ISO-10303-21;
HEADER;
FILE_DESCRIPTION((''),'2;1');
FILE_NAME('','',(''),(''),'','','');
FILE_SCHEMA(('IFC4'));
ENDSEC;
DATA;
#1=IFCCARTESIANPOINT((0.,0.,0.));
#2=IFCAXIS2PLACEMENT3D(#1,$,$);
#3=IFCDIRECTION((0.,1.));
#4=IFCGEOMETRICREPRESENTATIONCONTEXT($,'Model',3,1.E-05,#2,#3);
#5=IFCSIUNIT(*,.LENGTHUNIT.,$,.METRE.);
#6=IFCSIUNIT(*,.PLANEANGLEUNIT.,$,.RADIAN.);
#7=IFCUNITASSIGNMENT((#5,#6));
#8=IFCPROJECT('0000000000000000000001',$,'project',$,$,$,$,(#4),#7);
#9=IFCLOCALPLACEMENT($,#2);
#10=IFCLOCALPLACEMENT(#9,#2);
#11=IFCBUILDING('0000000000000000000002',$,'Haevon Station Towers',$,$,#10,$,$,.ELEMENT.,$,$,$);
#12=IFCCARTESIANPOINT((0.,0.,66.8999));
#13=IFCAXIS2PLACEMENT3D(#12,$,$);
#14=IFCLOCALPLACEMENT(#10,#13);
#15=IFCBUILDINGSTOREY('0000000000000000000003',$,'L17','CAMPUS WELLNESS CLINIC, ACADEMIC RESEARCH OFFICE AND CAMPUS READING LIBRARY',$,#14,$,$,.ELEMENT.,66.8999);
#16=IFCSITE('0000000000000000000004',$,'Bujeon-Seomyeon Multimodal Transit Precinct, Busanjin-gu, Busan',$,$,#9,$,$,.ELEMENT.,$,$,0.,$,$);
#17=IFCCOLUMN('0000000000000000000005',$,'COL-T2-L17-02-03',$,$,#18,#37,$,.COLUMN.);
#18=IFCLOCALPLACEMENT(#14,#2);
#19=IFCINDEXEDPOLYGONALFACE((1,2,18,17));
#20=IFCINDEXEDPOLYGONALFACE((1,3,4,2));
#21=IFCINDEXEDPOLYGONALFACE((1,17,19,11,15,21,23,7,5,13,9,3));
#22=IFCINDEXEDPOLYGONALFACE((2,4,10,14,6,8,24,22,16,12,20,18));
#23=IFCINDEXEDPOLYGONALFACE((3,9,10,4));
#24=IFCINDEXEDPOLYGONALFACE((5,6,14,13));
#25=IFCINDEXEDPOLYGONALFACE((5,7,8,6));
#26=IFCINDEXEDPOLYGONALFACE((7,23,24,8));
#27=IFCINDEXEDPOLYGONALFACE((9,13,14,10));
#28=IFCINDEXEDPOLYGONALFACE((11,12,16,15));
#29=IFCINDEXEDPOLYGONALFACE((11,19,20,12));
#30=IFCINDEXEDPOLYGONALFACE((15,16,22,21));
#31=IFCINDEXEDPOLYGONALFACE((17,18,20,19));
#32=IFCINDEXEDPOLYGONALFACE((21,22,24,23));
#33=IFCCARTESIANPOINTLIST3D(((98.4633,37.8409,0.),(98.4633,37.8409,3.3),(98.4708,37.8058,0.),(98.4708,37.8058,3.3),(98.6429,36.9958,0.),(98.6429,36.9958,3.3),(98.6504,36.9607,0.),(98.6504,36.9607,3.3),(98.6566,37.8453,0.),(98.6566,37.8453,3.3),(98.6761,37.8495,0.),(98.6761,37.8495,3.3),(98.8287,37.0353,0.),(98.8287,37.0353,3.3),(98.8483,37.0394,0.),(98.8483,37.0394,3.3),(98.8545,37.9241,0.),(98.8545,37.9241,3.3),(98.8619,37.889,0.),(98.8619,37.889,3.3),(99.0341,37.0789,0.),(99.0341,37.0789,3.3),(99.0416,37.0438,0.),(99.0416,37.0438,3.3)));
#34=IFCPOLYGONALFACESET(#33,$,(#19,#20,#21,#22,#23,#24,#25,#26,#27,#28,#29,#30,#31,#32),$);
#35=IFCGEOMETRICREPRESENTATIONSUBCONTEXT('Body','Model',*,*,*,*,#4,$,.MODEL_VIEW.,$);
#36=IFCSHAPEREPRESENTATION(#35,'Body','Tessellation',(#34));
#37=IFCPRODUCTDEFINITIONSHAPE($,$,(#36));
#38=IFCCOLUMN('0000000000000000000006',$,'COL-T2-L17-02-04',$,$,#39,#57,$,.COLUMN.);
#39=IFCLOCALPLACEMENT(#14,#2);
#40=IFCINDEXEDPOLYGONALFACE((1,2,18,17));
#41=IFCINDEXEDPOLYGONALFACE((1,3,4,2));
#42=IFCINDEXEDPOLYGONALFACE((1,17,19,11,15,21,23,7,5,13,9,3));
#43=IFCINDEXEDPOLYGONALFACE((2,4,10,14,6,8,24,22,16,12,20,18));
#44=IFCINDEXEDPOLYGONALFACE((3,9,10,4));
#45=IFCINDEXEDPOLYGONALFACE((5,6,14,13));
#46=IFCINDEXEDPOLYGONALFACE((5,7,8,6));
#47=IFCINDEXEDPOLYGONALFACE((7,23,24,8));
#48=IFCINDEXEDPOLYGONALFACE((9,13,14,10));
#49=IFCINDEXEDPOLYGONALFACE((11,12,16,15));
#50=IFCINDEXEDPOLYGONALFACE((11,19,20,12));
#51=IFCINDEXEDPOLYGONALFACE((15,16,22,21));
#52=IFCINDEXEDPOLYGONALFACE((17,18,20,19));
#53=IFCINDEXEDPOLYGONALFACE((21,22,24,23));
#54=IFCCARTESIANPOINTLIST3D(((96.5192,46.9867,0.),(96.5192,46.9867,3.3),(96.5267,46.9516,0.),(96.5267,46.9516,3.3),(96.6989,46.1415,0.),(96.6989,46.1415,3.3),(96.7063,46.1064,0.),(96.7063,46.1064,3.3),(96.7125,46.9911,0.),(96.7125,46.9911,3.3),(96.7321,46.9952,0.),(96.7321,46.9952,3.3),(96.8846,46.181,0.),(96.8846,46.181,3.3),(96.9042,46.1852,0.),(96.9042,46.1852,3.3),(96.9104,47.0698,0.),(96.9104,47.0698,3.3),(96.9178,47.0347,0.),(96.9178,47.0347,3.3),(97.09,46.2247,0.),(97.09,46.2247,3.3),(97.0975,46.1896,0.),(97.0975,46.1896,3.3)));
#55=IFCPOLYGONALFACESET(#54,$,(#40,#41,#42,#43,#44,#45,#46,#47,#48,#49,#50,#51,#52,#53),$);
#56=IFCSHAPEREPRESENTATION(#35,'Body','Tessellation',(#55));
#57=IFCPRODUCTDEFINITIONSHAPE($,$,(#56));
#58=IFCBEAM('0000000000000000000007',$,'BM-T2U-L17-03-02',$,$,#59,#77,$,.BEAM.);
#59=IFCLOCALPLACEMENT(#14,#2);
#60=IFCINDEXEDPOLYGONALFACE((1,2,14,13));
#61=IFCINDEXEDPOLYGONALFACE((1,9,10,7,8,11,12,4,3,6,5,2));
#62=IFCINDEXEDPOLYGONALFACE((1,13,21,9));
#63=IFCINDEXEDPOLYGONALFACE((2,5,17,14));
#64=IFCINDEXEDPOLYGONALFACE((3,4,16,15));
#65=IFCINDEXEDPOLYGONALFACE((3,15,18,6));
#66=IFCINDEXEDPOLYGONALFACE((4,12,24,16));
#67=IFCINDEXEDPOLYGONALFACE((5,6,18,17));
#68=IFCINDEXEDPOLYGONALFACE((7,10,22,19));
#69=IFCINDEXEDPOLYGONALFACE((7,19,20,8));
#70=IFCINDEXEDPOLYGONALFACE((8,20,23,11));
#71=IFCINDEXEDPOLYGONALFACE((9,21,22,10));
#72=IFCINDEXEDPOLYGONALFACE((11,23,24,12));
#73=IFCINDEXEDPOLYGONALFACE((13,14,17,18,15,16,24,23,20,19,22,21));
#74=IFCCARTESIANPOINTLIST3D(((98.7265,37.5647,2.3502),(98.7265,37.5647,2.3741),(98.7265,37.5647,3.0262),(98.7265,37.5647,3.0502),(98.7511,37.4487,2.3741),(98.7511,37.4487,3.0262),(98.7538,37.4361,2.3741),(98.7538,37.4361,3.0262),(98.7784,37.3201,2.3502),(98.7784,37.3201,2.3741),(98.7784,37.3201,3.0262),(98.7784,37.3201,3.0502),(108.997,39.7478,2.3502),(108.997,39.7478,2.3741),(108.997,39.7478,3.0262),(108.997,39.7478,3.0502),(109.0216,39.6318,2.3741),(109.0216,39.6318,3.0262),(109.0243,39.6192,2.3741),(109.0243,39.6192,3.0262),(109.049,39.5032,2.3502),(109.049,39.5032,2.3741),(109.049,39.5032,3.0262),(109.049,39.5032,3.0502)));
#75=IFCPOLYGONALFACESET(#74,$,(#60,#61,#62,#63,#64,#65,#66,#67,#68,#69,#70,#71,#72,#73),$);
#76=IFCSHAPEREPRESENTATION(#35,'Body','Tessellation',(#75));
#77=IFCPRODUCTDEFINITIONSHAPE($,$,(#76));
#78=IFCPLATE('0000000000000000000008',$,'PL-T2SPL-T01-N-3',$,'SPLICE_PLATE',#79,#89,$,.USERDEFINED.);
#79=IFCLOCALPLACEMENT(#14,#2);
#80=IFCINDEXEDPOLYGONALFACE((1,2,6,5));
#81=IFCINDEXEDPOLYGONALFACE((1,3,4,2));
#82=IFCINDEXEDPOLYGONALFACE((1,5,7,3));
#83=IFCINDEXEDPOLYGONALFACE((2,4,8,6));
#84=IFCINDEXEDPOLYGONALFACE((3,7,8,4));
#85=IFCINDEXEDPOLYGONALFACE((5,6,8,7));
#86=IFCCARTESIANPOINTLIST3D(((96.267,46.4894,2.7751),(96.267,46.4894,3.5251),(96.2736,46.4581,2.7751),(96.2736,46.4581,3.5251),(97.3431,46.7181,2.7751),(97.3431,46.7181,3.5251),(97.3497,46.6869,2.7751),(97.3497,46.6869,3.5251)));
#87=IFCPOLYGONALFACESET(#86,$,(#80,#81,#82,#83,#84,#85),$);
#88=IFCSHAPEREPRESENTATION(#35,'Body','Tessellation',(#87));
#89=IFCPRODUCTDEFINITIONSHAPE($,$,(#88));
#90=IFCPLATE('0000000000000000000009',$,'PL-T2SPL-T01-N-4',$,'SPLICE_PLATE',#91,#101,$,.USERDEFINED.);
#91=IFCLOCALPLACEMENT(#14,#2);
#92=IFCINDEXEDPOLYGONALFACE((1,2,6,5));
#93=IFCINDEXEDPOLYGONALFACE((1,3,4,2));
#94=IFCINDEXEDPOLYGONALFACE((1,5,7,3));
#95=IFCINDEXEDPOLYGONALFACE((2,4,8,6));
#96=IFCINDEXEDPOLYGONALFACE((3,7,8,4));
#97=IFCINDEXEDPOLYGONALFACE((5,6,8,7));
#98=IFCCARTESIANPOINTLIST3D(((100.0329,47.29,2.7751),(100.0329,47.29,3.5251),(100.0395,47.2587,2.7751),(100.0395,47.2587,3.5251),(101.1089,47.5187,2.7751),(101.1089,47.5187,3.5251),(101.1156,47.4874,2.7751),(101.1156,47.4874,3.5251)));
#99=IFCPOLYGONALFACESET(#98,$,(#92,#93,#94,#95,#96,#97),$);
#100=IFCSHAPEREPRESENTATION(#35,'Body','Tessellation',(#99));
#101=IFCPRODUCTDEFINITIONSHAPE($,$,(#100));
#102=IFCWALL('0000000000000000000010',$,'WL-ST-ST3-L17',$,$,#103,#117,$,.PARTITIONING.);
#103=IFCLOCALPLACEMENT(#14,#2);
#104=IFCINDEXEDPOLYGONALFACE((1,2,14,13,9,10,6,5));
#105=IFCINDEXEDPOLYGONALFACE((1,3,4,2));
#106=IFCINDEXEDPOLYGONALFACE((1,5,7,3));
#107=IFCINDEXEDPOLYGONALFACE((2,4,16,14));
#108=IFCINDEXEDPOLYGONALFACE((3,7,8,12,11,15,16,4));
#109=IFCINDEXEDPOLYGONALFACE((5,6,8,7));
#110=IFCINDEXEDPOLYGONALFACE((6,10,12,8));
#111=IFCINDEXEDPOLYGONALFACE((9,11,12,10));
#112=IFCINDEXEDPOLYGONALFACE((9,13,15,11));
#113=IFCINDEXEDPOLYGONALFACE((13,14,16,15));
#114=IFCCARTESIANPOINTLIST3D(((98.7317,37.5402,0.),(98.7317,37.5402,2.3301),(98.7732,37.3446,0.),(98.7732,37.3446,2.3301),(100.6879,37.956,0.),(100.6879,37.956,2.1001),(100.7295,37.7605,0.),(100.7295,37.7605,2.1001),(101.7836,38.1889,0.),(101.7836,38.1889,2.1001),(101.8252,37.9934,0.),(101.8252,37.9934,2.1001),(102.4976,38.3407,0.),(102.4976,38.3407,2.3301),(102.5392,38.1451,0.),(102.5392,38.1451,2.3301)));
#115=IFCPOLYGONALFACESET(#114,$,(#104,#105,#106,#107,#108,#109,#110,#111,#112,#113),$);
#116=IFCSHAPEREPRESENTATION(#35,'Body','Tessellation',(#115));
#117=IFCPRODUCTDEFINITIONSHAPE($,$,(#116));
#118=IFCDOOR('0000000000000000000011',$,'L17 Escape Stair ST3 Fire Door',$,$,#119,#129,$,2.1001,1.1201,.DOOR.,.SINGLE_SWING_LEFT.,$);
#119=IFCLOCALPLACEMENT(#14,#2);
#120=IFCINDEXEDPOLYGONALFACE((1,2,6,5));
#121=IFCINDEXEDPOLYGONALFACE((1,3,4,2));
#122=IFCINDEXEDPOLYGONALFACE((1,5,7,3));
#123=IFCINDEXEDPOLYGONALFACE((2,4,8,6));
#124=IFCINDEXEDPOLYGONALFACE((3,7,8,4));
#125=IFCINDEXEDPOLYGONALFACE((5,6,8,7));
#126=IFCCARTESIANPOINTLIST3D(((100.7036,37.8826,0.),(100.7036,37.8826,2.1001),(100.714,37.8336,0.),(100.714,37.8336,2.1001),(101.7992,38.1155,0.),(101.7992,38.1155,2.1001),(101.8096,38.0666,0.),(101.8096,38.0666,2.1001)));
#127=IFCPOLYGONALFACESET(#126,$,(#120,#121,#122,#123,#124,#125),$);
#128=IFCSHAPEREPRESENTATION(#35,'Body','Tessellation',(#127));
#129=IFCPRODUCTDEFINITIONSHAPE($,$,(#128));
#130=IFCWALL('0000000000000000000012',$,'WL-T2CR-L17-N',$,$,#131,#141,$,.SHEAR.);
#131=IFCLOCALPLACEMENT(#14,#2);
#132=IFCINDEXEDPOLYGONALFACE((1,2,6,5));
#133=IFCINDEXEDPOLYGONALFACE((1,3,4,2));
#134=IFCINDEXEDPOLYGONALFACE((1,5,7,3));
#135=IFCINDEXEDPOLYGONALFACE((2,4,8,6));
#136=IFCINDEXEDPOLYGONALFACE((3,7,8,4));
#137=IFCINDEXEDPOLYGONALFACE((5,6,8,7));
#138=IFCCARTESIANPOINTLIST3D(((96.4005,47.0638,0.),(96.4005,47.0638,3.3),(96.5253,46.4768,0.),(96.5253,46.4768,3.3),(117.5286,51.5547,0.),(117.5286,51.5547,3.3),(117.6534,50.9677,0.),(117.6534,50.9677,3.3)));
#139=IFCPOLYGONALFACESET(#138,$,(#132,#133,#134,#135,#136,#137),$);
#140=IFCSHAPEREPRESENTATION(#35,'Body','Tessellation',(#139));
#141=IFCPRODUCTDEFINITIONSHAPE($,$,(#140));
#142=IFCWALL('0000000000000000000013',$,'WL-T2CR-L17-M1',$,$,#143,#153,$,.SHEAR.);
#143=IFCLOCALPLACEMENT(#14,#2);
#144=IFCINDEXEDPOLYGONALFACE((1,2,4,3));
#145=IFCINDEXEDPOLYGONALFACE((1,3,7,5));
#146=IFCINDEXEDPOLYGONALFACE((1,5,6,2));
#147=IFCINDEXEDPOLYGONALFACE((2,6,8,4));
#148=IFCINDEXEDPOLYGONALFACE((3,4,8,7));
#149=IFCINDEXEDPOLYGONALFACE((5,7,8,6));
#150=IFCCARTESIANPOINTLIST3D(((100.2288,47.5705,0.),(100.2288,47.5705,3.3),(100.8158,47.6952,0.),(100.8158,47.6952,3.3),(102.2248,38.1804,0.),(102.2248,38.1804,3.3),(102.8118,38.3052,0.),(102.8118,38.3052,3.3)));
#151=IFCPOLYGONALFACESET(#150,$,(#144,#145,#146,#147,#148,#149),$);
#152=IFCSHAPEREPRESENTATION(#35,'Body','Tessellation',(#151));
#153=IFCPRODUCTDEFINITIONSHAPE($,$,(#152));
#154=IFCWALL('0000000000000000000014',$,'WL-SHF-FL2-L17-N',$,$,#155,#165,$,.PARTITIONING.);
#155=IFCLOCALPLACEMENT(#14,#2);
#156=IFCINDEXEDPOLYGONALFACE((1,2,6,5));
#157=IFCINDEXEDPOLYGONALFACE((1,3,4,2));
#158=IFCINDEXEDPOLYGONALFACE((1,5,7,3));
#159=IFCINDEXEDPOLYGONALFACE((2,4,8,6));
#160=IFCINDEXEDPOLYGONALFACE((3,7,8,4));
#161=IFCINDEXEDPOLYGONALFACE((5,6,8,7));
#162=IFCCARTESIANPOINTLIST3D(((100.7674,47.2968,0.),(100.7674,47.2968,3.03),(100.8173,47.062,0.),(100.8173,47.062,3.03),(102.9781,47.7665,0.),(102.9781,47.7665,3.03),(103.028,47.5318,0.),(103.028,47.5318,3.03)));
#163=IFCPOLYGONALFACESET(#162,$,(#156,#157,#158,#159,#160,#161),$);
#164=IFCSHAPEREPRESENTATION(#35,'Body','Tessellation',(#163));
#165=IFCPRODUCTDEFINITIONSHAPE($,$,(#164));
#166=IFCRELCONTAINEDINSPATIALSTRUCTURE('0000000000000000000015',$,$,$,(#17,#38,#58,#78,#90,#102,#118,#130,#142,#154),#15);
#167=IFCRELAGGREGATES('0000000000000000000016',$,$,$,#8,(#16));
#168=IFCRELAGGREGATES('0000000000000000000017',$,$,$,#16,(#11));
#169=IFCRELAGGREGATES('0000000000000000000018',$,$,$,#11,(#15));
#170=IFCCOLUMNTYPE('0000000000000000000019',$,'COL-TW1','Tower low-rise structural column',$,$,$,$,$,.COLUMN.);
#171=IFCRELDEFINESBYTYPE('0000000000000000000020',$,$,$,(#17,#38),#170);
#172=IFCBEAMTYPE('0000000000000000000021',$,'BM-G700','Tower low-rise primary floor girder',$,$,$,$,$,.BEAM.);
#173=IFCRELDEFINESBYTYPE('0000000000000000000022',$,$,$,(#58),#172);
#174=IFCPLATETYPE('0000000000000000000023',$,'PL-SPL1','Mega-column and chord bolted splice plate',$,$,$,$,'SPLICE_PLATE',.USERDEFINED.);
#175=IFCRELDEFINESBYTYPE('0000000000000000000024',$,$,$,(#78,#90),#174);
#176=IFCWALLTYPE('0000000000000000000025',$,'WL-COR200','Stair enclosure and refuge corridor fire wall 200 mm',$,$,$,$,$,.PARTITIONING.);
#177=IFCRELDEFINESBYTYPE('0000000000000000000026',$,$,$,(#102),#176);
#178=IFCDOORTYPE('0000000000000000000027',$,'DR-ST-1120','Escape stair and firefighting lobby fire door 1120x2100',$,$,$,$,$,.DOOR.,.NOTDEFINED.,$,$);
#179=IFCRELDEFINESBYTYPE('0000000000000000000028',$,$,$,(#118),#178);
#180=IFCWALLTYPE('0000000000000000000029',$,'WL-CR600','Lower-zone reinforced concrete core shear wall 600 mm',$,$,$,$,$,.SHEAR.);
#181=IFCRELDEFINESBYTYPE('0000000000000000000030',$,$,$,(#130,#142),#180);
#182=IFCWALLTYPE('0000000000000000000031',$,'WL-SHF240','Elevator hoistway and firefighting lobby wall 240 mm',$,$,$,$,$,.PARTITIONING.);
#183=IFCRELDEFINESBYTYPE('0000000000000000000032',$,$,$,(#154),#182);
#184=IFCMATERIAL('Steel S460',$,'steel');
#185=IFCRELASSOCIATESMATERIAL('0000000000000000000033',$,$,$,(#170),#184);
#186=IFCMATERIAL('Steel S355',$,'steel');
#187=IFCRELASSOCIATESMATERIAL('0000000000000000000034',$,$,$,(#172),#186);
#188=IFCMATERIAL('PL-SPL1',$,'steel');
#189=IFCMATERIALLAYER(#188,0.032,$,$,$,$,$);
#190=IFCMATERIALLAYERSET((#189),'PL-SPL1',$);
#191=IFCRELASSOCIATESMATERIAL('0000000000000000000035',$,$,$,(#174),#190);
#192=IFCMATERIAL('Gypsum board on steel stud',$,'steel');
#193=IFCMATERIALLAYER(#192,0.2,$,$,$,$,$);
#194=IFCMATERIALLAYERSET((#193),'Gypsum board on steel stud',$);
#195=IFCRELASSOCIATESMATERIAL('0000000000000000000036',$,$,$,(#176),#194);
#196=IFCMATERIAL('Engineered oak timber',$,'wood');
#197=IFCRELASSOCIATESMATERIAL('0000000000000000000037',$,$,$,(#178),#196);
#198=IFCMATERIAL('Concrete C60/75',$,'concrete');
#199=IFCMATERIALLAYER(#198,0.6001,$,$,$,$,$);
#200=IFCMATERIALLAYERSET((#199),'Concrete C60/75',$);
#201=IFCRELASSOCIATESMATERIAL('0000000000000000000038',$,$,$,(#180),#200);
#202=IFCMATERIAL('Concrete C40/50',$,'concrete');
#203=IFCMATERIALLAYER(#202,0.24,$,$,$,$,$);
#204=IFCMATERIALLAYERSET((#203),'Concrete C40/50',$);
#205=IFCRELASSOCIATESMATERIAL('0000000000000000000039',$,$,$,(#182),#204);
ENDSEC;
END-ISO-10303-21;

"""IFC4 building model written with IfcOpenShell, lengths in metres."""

from ifc_helpers import new_model, si_unit, direction, frame, frame_2d, origin, origin_2d, place, context, subcontext, project, spatial, rectangle, i_section, extrude, material, layer, layer_set, material_profile, profile_set, type_object, element, fill, save


model = new_model("IFC4")

# Units and contexts
model_context = context("Model", 3, precision=1e-05, world=origin(), true_north=direction((0.0, 1.0)))
body_context = subcontext(model_context, "Body", "Model", "MODEL_VIEW")
ifc_project = project(units=[si_unit("LENGTHUNIT", "METRE"), si_unit("PLANEANGLEUNIT", "RADIAN")], contexts=[model_context])

# Site, building, storey
site_placement = place(None, origin())
site = spatial("IfcSite", under=ifc_project, at=site_placement, Name="Bujeon-Seomyeon Multimodal Transit Precinct, Busanjin-gu, Busan", CompositionType="ELEMENT", RefElevation=0.0)
building_placement = place(site_placement, origin())
building = spatial("IfcBuilding", under=site, at=building_placement, Name="Haevon Station Towers", CompositionType="ELEMENT")
storey_placement = place(building_placement, frame((0.0, 0.0, 66.8999)))
storey = spatial("IfcBuildingStorey", under=building, at=storey_placement, Name="L17", Description="CAMPUS WELLNESS CLINIC, ACADEMIC RESEARCH OFFICE AND CAMPUS READING LIBRARY", CompositionType="ELEMENT", Elevation=66.8999)

# Columns
ifc_material_1 = material(Name="Steel S460", Category="steel")
ifc_material_profile_1 = material_profile(ifc_material_1, i_section(OverallWidth=0.3999, OverallDepth=0.8999, WebThickness=0.02, FlangeThickness=0.0359, at=origin_2d()), Name="H-900x400x20x36")
ifc_profile_set_1 = profile_set([ifc_material_profile_1], Name="Steel S460")
column_type = type_object("IfcColumnType", Name="COL-TW1", Description="Tower low-rise structural column", PredefinedType="COLUMN", material=ifc_profile_set_1)
for number, where, z_axis, x_axis, name in (
    (1, (98.7524, 37.4424, 0.0), (0.0, 0.0, 1.0), (0.978148, 0.207912, 0.0), "COL-T2-L17-02-03"),
    (2, (96.8083, 46.5881, 0.0), (0.0, 0.0, 1.0), (0.978148, 0.207912, 0.0), "COL-T2-L17-02-04"),
):
    element("IfcColumn", number, at=place(storey_placement, frame(where, z_axis=z_axis, x_axis=x_axis)), inside=storey, type_object=column_type, Name=name, PredefinedType="COLUMN", context=body_context, shape_type="SweptSolid", body=[
        extrude(i_section(OverallWidth=0.3999, OverallDepth=0.8999, WebThickness=0.02, FlangeThickness=0.0359, at=origin_2d()), origin(), (0.0, 0.0, 1.0), 3.3),
    ])

# Beam
ifc_material_2 = material(Name="Steel S355", Category="steel")
ifc_material_profile_2 = material_profile(ifc_material_2, i_section(OverallWidth=0.25, OverallDepth=0.7, WebThickness=0.0129, FlangeThickness=0.0239, at=origin_2d()), Name="H-700x250x13x24")
ifc_profile_set_2 = profile_set([ifc_material_profile_2], Name="Steel S355")
beam_type = type_object("IfcBeamType", Name="BM-G700", Description="Tower low-rise primary floor girder", PredefinedType="BEAM", material=ifc_profile_set_2)
beam_placement = place(storey_placement, frame((98.7524, 37.4424, 2.7002), z_axis=(0.978147, 0.207915, 0.0), x_axis=(-0.207915, 0.978147, 0.0)))
element("IfcBeam", 3, at=beam_placement, inside=storey, type_object=beam_type, Name="BM-T2U-L17-03-02", PredefinedType="BEAM", context=body_context, shape_type="SweptSolid", body=[
    extrude(i_section(OverallWidth=0.25, OverallDepth=0.7, WebThickness=0.0129, FlangeThickness=0.0239, at=origin_2d()), origin(), (0.0, 0.0, 1.0), 10.5),
])

# Plates
ifc_material_3 = material(Name="PL-SPL1", Category="steel")
ifc_layer_1 = layer(ifc_material_3, 0.032)
ifc_layer_set_1 = layer_set([ifc_layer_1], Name="PL-SPL1")
plate_type = type_object("IfcPlateType", Name="PL-SPL1", Description="Mega-column and chord bolted splice plate", ElementType="SPLICE_PLATE", PredefinedType="USERDEFINED", material=ifc_layer_set_1)
for number, where, z_axis, x_axis, name in (
    (4, (96.8083, 46.5881, 2.7751), (0.0, 0.0, 1.0), (0.978148, 0.207912, 0.0), "PL-T2SPL-T01-N-3"),
    (5, (100.5742, 47.3887, 2.7751), (0.0, 0.0, 1.0), (0.978148, 0.207912, 0.0), "PL-T2SPL-T01-N-4"),
):
    element("IfcPlate", number, at=place(storey_placement, frame(where, z_axis=z_axis, x_axis=x_axis)), inside=storey, type_object=plate_type, Name=name, ObjectType="SPLICE_PLATE", PredefinedType="USERDEFINED", context=body_context, shape_type="SweptSolid", body=[
        extrude(rectangle(XDim=1.1001, YDim=0.032, at=origin_2d()), origin(), (0.0, 0.0, 1.0), 0.75),
    ])

# Wall, opening, door
ifc_material_4 = material(Name="Gypsum board on steel stud", Category="steel")
ifc_layer_2 = layer(ifc_material_4, 0.2)
ifc_layer_set_2 = layer_set([ifc_layer_2], Name="Gypsum board on steel stud")
wall_type_1 = type_object("IfcWallType", Name="WL-COR200", Description="Stair enclosure and refuge corridor fire wall 200 mm", PredefinedType="PARTITIONING", material=ifc_layer_set_2)
wall_1_placement = place(storey_placement, frame((98.7524, 37.4424, 0.0), z_axis=(0.0, 0.0, 1.0), x_axis=(0.978144, 0.207931, 0.0)))
wall_1 = element("IfcWall", 6, at=wall_1_placement, inside=storey, type_object=wall_type_1, Name="WL-ST-ST3-L17", PredefinedType="PARTITIONING", context=body_context, shape_type="SweptSolid", body=[
    extrude(rectangle(XDim=3.8501, YDim=0.2, at=frame_2d((1.925, 0.0))), origin(), (0.0, 0.0, 1.0), 2.3301),
])
opening_1_placement = place(wall_1_placement, frame((2.0, 0.0, 0.0)))
opening_1 = element("IfcOpeningElement", 7, at=opening_1_placement, cuts=wall_1, PredefinedType="OPENING", context=body_context, shape_type="SweptSolid", body=[
    extrude(rectangle(XDim=1.1201, YDim=2.1001, at=frame_2d((0.5601, 1.05))), frame((0.0, 0.1099, 0.0), z_axis=(0.0, -1.0, 0.0), x_axis=(1.0, 0.0, 0.0)), (0.0, 0.0, 1.0), 0.22),
])
ifc_material_5 = material(Name="Engineered oak timber", Category="wood")
door_type_1 = type_object("IfcDoorType", Name="DR-ST-1120", Description="Escape stair and firefighting lobby fire door 1120x2100", OperationType="NOTDEFINED", PredefinedType="DOOR", material=ifc_material_5)
door_1_placement = place(opening_1_placement, origin())
door_1 = element("IfcDoor", 8, at=door_1_placement, inside=storey, type_object=door_type_1, Name="L17 Escape Stair ST3 Fire Door", OperationType="SINGLE_SWING_LEFT", OverallHeight=2.1001, OverallWidth=1.1201, PredefinedType="DOOR", context=body_context, shape_type="SweptSolid", body=[
    extrude(rectangle(XDim=1.1201, YDim=2.1001, at=frame_2d((0.5601, 1.05))), frame((0.0, 0.0249, 0.0), z_axis=(0.0, -1.0, 0.0), x_axis=(1.0, 0.0, 0.0)), (0.0, 0.0, 1.0), 0.05),
])
fill(opening_1, door_1)

# Walls
ifc_material_6 = material(Name="Concrete C60/75", Category="concrete")
ifc_layer_3 = layer(ifc_material_6, 0.6001)
ifc_layer_set_3 = layer_set([ifc_layer_3], Name="Concrete C60/75")
wall_type_2 = type_object("IfcWallType", Name="WL-CR600", Description="Lower-zone reinforced concrete core shear wall 600 mm", PredefinedType="SHEAR", material=ifc_layer_set_3)
wall_2_placement = place(storey_placement, frame((96.4629, 46.7703, 0.0), z_axis=(0.0, 0.0, 1.0), x_axis=(0.978147, 0.207913, 0.0)))
element("IfcWall", 9, at=wall_2_placement, inside=storey, type_object=wall_type_2, Name="WL-T2CR-L17-N", PredefinedType="SHEAR", context=body_context, shape_type="SweptSolid", body=[
    extrude(rectangle(XDim=21.6001, YDim=0.6001, at=frame_2d((10.8, 0.0))), origin(), (0.0, 0.0, 1.0), 3.3),
])
wall_3_placement = place(storey_placement, frame((102.5183, 38.2429, 0.0), z_axis=(0.0, 0.0, 1.0), x_axis=(-0.207927, 0.978144, 0.0)))
element("IfcWall", 10, at=wall_3_placement, inside=storey, type_object=wall_type_2, Name="WL-T2CR-L17-M1", PredefinedType="SHEAR", context=body_context, shape_type="SweptSolid", body=[
    extrude(rectangle(XDim=9.5999, YDim=0.6001, at=frame_2d((4.7998, 0.0))), origin(), (0.0, 0.0, 1.0), 3.3),
])

# Shared definitions
ifc_material_7 = material(Name="Concrete C40/50", Category="concrete")
ifc_layer_4 = layer(ifc_material_7, 0.24)
ifc_layer_set_4 = layer_set([ifc_layer_4], Name="Concrete C40/50")
wall_type_3 = type_object("IfcWallType", Name="WL-SHF240", Description="Elevator hoistway and firefighting lobby wall 240 mm", PredefinedType="PARTITIONING", material=ifc_layer_set_4)

# Wall
wall_4_placement = place(storey_placement, frame((100.7925, 47.1794, 0.0), z_axis=(0.0, 0.0, 1.0), x_axis=(0.978163, 0.207839, 0.0)))
element("IfcWall", 11, at=wall_4_placement, inside=storey, type_object=wall_type_3, Name="WL-SHF-FL2-L17-N", PredefinedType="PARTITIONING", context=body_context, shape_type="SweptSolid", body=[
    extrude(rectangle(XDim=2.26, YDim=0.24, at=frame_2d((1.1299, 0.0))), origin(), (0.0, 0.0, 1.0), 3.03),
])

save(model, "model.ifc")
